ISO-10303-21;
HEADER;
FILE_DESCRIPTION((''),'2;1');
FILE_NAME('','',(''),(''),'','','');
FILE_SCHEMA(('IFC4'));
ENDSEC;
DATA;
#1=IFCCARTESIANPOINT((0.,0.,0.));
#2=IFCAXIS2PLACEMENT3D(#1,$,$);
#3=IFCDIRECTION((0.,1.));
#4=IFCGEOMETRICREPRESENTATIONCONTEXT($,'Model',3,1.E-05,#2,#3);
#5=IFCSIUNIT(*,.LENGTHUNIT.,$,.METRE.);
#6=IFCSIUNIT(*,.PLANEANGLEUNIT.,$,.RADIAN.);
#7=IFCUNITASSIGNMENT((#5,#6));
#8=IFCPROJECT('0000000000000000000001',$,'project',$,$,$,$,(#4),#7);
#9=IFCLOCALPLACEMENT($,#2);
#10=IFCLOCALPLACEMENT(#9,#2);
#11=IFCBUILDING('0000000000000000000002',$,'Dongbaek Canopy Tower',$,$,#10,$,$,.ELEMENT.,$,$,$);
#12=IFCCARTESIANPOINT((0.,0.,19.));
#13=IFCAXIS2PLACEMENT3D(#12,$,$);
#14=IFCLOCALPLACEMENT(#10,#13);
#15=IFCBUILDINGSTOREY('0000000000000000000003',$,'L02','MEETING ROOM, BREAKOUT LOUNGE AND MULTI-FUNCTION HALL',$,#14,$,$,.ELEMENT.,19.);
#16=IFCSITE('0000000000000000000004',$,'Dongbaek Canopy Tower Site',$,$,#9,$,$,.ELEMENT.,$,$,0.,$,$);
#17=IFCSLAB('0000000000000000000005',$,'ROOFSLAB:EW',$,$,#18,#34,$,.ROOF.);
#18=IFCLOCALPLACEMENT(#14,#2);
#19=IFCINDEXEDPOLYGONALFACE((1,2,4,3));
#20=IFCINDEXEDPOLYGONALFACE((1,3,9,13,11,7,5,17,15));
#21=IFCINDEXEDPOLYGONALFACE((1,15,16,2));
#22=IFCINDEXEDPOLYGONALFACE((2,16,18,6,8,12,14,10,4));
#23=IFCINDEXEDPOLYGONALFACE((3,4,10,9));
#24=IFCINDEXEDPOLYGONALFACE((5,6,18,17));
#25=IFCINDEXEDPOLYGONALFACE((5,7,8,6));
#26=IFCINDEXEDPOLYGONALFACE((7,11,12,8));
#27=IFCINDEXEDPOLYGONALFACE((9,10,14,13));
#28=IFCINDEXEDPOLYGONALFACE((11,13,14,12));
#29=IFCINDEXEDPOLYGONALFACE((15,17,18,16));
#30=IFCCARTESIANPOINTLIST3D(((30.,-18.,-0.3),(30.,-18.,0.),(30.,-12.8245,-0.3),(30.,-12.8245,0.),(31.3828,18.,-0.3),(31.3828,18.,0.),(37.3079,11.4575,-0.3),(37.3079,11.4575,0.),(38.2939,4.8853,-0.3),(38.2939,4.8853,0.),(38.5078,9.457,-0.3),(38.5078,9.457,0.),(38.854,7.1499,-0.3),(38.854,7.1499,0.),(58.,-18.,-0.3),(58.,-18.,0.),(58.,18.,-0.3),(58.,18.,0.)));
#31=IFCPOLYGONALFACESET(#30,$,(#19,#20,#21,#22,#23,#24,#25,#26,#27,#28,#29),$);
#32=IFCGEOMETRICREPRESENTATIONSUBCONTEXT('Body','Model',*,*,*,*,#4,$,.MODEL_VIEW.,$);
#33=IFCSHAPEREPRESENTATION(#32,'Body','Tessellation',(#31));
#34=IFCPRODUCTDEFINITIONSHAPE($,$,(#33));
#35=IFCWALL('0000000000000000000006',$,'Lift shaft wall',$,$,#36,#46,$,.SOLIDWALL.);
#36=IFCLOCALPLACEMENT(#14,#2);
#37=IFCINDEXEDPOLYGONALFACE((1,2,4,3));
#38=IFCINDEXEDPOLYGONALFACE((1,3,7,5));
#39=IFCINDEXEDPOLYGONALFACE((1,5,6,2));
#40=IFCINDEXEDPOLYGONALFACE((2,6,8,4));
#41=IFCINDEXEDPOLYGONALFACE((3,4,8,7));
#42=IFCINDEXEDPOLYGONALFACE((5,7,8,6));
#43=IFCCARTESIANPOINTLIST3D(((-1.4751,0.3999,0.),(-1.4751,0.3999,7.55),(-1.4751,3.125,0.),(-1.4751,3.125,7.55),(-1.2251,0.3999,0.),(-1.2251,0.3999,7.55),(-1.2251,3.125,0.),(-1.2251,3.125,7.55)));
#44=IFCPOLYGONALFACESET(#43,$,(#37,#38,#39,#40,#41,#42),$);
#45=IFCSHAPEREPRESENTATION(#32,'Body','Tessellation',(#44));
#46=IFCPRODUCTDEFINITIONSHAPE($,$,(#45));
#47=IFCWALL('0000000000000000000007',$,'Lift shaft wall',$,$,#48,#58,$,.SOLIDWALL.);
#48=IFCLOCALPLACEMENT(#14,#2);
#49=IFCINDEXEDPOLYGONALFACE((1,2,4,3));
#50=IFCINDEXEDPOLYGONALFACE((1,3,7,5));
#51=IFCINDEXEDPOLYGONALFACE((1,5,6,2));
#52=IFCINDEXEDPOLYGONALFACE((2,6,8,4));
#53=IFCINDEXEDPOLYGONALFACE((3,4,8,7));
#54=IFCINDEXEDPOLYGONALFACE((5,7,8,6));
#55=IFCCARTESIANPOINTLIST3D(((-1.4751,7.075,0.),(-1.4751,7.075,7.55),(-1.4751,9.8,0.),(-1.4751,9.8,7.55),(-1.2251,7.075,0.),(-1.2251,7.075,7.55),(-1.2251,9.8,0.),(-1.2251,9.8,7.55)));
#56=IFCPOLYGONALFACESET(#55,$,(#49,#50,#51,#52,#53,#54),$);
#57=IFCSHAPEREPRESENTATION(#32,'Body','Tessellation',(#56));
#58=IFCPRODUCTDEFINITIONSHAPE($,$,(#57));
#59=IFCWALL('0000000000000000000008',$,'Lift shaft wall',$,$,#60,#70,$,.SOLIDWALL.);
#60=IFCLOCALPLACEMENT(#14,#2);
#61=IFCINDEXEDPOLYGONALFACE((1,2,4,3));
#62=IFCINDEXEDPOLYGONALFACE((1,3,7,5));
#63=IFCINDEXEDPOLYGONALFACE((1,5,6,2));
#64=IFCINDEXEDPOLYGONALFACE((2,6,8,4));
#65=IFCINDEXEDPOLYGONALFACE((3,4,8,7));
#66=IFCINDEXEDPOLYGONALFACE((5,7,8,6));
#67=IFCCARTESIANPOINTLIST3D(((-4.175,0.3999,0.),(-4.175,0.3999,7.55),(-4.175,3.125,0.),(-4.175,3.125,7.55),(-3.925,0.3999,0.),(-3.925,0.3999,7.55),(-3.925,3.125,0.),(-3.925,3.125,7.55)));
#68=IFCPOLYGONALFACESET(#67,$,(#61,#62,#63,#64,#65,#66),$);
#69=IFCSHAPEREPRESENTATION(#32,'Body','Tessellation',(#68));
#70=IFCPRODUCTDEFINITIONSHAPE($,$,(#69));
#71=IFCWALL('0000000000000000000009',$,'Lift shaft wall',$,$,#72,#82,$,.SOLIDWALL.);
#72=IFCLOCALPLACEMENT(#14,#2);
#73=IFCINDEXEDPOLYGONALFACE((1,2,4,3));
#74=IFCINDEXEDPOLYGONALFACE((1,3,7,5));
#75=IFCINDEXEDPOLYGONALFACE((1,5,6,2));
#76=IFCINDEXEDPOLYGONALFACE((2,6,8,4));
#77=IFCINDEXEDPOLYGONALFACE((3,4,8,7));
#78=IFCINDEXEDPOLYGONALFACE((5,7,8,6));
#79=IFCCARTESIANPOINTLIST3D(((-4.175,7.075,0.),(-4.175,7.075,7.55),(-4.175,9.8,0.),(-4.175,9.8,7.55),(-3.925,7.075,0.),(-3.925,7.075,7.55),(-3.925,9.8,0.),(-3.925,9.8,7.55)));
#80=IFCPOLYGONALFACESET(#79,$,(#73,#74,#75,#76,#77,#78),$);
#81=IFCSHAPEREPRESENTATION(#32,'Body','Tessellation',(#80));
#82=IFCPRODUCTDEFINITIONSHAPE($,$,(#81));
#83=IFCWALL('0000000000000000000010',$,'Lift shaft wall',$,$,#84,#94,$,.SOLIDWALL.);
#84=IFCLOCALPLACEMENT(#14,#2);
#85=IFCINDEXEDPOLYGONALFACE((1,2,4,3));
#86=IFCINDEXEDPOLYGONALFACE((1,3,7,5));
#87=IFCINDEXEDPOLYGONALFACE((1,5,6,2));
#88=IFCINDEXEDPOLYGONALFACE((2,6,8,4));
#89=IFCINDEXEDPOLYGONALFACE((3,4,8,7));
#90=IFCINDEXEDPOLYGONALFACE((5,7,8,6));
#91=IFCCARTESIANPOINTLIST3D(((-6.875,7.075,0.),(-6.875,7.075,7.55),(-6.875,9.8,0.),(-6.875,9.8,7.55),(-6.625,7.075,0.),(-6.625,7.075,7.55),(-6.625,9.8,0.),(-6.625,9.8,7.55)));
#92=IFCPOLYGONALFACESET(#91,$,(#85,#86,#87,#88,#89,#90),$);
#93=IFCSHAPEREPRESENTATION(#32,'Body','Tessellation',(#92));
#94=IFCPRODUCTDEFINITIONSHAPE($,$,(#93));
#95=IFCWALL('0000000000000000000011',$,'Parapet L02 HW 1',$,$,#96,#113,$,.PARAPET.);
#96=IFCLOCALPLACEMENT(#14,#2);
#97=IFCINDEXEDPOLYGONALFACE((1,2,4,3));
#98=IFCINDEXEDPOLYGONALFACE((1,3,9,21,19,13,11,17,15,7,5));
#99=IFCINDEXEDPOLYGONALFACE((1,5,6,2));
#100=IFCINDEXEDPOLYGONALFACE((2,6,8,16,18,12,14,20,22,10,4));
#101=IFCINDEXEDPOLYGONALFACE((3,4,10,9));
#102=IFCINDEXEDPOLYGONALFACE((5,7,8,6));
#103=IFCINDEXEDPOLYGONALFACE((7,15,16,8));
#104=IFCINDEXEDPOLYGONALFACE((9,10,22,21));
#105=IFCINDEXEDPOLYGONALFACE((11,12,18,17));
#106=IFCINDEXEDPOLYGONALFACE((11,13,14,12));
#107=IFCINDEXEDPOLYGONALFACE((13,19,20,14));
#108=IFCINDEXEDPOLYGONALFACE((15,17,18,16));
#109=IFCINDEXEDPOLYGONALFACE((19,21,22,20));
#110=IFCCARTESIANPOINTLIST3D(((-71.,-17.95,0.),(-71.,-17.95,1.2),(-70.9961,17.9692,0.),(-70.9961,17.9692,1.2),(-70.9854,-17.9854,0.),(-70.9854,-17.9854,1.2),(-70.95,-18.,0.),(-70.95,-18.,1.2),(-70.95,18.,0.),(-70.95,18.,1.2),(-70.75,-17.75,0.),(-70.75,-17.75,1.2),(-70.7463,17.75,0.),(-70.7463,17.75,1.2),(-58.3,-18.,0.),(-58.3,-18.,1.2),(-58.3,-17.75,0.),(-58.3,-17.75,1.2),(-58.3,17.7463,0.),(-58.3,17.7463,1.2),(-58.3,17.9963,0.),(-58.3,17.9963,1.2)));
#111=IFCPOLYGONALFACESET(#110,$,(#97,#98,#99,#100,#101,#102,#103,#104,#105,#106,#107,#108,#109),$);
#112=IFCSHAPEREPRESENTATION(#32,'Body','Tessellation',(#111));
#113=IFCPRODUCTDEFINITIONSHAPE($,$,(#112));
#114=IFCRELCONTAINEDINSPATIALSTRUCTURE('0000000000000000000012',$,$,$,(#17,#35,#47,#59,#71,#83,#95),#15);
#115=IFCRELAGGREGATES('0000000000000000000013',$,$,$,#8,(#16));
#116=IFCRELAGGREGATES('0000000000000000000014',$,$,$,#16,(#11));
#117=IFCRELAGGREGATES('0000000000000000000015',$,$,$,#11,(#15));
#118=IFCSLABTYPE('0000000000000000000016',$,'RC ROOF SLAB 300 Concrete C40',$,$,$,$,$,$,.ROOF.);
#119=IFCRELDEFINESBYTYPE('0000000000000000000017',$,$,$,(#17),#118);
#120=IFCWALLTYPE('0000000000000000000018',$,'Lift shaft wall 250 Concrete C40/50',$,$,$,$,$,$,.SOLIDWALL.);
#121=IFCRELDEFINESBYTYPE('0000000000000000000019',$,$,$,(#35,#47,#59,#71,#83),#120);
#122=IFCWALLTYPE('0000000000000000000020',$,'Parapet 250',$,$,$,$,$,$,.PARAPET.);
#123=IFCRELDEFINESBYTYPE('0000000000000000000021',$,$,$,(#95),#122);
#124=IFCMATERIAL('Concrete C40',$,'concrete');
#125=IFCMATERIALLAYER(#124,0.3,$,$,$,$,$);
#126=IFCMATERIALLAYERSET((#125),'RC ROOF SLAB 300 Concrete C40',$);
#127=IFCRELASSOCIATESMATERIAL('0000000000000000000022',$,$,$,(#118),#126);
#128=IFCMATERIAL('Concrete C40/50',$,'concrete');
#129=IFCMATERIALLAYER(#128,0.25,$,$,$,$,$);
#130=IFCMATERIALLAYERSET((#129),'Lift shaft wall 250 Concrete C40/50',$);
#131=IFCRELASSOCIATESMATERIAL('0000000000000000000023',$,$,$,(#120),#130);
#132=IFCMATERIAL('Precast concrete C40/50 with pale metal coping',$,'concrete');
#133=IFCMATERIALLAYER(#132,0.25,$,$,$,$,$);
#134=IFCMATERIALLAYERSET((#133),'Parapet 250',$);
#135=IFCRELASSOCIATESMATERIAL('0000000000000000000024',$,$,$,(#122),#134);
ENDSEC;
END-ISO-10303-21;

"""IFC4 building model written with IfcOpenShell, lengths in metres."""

from ifc_helpers import new_model, si_unit, direction, frame, frame_2d, origin, place, context, subcontext, project, spatial, polyline, rectangle, outline, extrude, material, layer, layer_set, type_object, element, save


model = new_model("IFC4")

# Units and contexts
model_context = context("Model", 3, precision=1e-05, world=origin(), true_north=direction((0.0, 1.0)))
body_context = subcontext(model_context, "Body", "Model", "MODEL_VIEW")
ifc_project = project(units=[si_unit("LENGTHUNIT", "METRE"), si_unit("PLANEANGLEUNIT", "RADIAN")], contexts=[model_context])

# Site, building, storey
site_placement = place(None, origin())
site = spatial("IfcSite", under=ifc_project, at=site_placement, Name="Dongbaek Canopy Tower Site", CompositionType="ELEMENT", RefElevation=0.0)
building_placement = place(site_placement, origin())
building = spatial("IfcBuilding", under=site, at=building_placement, Name="Dongbaek Canopy Tower", CompositionType="ELEMENT")
storey_placement = place(building_placement, frame((0.0, 0.0, 19.0)))
storey = spatial("IfcBuildingStorey", under=building, at=storey_placement, Name="L02", Description="MEETING ROOM, BREAKOUT LOUNGE AND MULTI-FUNCTION HALL", CompositionType="ELEMENT", Elevation=19.0)

# Slab
ifc_material_1 = material(Name="Concrete C40", Category="concrete")
ifc_layer_1 = layer(ifc_material_1, 0.3)
ifc_layer_set_1 = layer_set([ifc_layer_1], Name="RC ROOF SLAB 300 Concrete C40")
slab_type_1 = type_object("IfcSlabType", Name="RC ROOF SLAB 300 Concrete C40", PredefinedType="ROOF", material=ifc_layer_set_1)
slab_1_placement = place(storey_placement, frame((0.0, 0.0, -0.3)))
element("IfcSlab", 1, at=slab_1_placement, inside=storey, type_object=slab_type_1, Name="ROOFSLAB:EW", PredefinedType="ROOF", context=body_context, shape_type="SweptSolid", body=[
    extrude(outline(polyline([(58.0, 18.0), (58.0, -18.0), (30.0, -18.0), (30.0, -12.8245), (38.2939, 4.8853), (38.854, 7.1499), (38.5078, 9.457), (37.3079, 11.4575), (31.3828, 18.0), (58.0, 18.0)])), origin(), (0.0, 0.0, 1.0), 0.3),
])

# Walls
ifc_material_2 = material(Name="Concrete C40/50", Category="concrete")
ifc_layer_2 = layer(ifc_material_2, 0.25)
ifc_layer_set_2 = layer_set([ifc_layer_2], Name="Lift shaft wall 250 Concrete C40/50")
wall_type_1 = type_object("IfcWallType", Name="Lift shaft wall 250 Concrete C40/50", PredefinedType="SOLIDWALL", material=ifc_layer_set_2)
for number, where, z_axis, x_axis, name in (
    (2, (-1.3501, 0.3999, 0.0), (0.0, 0.0, 1.0), (0.0, 1.0, 0.0), "Lift shaft wall"),
    (3, (-1.3501, 7.075, 0.0), (0.0, 0.0, 1.0), (0.0, 1.0, 0.0), "Lift shaft wall"),
    (4, (-4.05, 0.3999, 0.0), (0.0, 0.0, 1.0), (0.0, 1.0, 0.0), "Lift shaft wall"),
    (5, (-4.05, 7.075, 0.0), (0.0, 0.0, 1.0), (0.0, 1.0, 0.0), "Lift shaft wall"),
    (6, (-6.75, 7.075, 0.0), (0.0, 0.0, 1.0), (0.0, 1.0, 0.0), "Lift shaft wall"),
):
    element("IfcWall", number, at=place(storey_placement, frame(where, z_axis=z_axis, x_axis=x_axis)), inside=storey, type_object=wall_type_1, Name=name, PredefinedType="SOLIDWALL", context=body_context, shape_type="SweptSolid", body=[
        extrude(rectangle(XDim=2.7251, YDim=0.25, at=frame_2d((1.3625, 0.0))), origin(), (0.0, 0.0, 1.0), 7.55),
    ])
ifc_material_3 = material(Name="Precast concrete C40/50 with pale metal coping", Category="concrete")
ifc_layer_3 = layer(ifc_material_3, 0.25)
ifc_layer_set_3 = layer_set([ifc_layer_3], Name="Parapet 250")
wall_type_2 = type_object("IfcWallType", Name="Parapet 250", PredefinedType="PARAPET", material=ifc_layer_set_3)
wall_placement = place(storey_placement, origin())
element("IfcWall", 7, at=wall_placement, inside=storey, type_object=wall_type_2, Name="Parapet L02 HW 1", PredefinedType="PARAPET", context=body_context, shape_type="SweptSolid", body=[
    extrude(outline(polyline([(-71.0, -17.95), (-70.9961, 17.9692), (-70.95, 18.0), (-58.3, 17.9963), (-58.3, 17.7463), (-70.7463, 17.75), (-70.75, -17.75), (-58.3, -17.75), (-58.3, -18.0), (-70.95, -18.0), (-70.9854, -17.9854), (-71.0, -17.95)])), origin(), (0.0, 0.0, 1.0), 1.2),
])

save(model, "model.ifc")
